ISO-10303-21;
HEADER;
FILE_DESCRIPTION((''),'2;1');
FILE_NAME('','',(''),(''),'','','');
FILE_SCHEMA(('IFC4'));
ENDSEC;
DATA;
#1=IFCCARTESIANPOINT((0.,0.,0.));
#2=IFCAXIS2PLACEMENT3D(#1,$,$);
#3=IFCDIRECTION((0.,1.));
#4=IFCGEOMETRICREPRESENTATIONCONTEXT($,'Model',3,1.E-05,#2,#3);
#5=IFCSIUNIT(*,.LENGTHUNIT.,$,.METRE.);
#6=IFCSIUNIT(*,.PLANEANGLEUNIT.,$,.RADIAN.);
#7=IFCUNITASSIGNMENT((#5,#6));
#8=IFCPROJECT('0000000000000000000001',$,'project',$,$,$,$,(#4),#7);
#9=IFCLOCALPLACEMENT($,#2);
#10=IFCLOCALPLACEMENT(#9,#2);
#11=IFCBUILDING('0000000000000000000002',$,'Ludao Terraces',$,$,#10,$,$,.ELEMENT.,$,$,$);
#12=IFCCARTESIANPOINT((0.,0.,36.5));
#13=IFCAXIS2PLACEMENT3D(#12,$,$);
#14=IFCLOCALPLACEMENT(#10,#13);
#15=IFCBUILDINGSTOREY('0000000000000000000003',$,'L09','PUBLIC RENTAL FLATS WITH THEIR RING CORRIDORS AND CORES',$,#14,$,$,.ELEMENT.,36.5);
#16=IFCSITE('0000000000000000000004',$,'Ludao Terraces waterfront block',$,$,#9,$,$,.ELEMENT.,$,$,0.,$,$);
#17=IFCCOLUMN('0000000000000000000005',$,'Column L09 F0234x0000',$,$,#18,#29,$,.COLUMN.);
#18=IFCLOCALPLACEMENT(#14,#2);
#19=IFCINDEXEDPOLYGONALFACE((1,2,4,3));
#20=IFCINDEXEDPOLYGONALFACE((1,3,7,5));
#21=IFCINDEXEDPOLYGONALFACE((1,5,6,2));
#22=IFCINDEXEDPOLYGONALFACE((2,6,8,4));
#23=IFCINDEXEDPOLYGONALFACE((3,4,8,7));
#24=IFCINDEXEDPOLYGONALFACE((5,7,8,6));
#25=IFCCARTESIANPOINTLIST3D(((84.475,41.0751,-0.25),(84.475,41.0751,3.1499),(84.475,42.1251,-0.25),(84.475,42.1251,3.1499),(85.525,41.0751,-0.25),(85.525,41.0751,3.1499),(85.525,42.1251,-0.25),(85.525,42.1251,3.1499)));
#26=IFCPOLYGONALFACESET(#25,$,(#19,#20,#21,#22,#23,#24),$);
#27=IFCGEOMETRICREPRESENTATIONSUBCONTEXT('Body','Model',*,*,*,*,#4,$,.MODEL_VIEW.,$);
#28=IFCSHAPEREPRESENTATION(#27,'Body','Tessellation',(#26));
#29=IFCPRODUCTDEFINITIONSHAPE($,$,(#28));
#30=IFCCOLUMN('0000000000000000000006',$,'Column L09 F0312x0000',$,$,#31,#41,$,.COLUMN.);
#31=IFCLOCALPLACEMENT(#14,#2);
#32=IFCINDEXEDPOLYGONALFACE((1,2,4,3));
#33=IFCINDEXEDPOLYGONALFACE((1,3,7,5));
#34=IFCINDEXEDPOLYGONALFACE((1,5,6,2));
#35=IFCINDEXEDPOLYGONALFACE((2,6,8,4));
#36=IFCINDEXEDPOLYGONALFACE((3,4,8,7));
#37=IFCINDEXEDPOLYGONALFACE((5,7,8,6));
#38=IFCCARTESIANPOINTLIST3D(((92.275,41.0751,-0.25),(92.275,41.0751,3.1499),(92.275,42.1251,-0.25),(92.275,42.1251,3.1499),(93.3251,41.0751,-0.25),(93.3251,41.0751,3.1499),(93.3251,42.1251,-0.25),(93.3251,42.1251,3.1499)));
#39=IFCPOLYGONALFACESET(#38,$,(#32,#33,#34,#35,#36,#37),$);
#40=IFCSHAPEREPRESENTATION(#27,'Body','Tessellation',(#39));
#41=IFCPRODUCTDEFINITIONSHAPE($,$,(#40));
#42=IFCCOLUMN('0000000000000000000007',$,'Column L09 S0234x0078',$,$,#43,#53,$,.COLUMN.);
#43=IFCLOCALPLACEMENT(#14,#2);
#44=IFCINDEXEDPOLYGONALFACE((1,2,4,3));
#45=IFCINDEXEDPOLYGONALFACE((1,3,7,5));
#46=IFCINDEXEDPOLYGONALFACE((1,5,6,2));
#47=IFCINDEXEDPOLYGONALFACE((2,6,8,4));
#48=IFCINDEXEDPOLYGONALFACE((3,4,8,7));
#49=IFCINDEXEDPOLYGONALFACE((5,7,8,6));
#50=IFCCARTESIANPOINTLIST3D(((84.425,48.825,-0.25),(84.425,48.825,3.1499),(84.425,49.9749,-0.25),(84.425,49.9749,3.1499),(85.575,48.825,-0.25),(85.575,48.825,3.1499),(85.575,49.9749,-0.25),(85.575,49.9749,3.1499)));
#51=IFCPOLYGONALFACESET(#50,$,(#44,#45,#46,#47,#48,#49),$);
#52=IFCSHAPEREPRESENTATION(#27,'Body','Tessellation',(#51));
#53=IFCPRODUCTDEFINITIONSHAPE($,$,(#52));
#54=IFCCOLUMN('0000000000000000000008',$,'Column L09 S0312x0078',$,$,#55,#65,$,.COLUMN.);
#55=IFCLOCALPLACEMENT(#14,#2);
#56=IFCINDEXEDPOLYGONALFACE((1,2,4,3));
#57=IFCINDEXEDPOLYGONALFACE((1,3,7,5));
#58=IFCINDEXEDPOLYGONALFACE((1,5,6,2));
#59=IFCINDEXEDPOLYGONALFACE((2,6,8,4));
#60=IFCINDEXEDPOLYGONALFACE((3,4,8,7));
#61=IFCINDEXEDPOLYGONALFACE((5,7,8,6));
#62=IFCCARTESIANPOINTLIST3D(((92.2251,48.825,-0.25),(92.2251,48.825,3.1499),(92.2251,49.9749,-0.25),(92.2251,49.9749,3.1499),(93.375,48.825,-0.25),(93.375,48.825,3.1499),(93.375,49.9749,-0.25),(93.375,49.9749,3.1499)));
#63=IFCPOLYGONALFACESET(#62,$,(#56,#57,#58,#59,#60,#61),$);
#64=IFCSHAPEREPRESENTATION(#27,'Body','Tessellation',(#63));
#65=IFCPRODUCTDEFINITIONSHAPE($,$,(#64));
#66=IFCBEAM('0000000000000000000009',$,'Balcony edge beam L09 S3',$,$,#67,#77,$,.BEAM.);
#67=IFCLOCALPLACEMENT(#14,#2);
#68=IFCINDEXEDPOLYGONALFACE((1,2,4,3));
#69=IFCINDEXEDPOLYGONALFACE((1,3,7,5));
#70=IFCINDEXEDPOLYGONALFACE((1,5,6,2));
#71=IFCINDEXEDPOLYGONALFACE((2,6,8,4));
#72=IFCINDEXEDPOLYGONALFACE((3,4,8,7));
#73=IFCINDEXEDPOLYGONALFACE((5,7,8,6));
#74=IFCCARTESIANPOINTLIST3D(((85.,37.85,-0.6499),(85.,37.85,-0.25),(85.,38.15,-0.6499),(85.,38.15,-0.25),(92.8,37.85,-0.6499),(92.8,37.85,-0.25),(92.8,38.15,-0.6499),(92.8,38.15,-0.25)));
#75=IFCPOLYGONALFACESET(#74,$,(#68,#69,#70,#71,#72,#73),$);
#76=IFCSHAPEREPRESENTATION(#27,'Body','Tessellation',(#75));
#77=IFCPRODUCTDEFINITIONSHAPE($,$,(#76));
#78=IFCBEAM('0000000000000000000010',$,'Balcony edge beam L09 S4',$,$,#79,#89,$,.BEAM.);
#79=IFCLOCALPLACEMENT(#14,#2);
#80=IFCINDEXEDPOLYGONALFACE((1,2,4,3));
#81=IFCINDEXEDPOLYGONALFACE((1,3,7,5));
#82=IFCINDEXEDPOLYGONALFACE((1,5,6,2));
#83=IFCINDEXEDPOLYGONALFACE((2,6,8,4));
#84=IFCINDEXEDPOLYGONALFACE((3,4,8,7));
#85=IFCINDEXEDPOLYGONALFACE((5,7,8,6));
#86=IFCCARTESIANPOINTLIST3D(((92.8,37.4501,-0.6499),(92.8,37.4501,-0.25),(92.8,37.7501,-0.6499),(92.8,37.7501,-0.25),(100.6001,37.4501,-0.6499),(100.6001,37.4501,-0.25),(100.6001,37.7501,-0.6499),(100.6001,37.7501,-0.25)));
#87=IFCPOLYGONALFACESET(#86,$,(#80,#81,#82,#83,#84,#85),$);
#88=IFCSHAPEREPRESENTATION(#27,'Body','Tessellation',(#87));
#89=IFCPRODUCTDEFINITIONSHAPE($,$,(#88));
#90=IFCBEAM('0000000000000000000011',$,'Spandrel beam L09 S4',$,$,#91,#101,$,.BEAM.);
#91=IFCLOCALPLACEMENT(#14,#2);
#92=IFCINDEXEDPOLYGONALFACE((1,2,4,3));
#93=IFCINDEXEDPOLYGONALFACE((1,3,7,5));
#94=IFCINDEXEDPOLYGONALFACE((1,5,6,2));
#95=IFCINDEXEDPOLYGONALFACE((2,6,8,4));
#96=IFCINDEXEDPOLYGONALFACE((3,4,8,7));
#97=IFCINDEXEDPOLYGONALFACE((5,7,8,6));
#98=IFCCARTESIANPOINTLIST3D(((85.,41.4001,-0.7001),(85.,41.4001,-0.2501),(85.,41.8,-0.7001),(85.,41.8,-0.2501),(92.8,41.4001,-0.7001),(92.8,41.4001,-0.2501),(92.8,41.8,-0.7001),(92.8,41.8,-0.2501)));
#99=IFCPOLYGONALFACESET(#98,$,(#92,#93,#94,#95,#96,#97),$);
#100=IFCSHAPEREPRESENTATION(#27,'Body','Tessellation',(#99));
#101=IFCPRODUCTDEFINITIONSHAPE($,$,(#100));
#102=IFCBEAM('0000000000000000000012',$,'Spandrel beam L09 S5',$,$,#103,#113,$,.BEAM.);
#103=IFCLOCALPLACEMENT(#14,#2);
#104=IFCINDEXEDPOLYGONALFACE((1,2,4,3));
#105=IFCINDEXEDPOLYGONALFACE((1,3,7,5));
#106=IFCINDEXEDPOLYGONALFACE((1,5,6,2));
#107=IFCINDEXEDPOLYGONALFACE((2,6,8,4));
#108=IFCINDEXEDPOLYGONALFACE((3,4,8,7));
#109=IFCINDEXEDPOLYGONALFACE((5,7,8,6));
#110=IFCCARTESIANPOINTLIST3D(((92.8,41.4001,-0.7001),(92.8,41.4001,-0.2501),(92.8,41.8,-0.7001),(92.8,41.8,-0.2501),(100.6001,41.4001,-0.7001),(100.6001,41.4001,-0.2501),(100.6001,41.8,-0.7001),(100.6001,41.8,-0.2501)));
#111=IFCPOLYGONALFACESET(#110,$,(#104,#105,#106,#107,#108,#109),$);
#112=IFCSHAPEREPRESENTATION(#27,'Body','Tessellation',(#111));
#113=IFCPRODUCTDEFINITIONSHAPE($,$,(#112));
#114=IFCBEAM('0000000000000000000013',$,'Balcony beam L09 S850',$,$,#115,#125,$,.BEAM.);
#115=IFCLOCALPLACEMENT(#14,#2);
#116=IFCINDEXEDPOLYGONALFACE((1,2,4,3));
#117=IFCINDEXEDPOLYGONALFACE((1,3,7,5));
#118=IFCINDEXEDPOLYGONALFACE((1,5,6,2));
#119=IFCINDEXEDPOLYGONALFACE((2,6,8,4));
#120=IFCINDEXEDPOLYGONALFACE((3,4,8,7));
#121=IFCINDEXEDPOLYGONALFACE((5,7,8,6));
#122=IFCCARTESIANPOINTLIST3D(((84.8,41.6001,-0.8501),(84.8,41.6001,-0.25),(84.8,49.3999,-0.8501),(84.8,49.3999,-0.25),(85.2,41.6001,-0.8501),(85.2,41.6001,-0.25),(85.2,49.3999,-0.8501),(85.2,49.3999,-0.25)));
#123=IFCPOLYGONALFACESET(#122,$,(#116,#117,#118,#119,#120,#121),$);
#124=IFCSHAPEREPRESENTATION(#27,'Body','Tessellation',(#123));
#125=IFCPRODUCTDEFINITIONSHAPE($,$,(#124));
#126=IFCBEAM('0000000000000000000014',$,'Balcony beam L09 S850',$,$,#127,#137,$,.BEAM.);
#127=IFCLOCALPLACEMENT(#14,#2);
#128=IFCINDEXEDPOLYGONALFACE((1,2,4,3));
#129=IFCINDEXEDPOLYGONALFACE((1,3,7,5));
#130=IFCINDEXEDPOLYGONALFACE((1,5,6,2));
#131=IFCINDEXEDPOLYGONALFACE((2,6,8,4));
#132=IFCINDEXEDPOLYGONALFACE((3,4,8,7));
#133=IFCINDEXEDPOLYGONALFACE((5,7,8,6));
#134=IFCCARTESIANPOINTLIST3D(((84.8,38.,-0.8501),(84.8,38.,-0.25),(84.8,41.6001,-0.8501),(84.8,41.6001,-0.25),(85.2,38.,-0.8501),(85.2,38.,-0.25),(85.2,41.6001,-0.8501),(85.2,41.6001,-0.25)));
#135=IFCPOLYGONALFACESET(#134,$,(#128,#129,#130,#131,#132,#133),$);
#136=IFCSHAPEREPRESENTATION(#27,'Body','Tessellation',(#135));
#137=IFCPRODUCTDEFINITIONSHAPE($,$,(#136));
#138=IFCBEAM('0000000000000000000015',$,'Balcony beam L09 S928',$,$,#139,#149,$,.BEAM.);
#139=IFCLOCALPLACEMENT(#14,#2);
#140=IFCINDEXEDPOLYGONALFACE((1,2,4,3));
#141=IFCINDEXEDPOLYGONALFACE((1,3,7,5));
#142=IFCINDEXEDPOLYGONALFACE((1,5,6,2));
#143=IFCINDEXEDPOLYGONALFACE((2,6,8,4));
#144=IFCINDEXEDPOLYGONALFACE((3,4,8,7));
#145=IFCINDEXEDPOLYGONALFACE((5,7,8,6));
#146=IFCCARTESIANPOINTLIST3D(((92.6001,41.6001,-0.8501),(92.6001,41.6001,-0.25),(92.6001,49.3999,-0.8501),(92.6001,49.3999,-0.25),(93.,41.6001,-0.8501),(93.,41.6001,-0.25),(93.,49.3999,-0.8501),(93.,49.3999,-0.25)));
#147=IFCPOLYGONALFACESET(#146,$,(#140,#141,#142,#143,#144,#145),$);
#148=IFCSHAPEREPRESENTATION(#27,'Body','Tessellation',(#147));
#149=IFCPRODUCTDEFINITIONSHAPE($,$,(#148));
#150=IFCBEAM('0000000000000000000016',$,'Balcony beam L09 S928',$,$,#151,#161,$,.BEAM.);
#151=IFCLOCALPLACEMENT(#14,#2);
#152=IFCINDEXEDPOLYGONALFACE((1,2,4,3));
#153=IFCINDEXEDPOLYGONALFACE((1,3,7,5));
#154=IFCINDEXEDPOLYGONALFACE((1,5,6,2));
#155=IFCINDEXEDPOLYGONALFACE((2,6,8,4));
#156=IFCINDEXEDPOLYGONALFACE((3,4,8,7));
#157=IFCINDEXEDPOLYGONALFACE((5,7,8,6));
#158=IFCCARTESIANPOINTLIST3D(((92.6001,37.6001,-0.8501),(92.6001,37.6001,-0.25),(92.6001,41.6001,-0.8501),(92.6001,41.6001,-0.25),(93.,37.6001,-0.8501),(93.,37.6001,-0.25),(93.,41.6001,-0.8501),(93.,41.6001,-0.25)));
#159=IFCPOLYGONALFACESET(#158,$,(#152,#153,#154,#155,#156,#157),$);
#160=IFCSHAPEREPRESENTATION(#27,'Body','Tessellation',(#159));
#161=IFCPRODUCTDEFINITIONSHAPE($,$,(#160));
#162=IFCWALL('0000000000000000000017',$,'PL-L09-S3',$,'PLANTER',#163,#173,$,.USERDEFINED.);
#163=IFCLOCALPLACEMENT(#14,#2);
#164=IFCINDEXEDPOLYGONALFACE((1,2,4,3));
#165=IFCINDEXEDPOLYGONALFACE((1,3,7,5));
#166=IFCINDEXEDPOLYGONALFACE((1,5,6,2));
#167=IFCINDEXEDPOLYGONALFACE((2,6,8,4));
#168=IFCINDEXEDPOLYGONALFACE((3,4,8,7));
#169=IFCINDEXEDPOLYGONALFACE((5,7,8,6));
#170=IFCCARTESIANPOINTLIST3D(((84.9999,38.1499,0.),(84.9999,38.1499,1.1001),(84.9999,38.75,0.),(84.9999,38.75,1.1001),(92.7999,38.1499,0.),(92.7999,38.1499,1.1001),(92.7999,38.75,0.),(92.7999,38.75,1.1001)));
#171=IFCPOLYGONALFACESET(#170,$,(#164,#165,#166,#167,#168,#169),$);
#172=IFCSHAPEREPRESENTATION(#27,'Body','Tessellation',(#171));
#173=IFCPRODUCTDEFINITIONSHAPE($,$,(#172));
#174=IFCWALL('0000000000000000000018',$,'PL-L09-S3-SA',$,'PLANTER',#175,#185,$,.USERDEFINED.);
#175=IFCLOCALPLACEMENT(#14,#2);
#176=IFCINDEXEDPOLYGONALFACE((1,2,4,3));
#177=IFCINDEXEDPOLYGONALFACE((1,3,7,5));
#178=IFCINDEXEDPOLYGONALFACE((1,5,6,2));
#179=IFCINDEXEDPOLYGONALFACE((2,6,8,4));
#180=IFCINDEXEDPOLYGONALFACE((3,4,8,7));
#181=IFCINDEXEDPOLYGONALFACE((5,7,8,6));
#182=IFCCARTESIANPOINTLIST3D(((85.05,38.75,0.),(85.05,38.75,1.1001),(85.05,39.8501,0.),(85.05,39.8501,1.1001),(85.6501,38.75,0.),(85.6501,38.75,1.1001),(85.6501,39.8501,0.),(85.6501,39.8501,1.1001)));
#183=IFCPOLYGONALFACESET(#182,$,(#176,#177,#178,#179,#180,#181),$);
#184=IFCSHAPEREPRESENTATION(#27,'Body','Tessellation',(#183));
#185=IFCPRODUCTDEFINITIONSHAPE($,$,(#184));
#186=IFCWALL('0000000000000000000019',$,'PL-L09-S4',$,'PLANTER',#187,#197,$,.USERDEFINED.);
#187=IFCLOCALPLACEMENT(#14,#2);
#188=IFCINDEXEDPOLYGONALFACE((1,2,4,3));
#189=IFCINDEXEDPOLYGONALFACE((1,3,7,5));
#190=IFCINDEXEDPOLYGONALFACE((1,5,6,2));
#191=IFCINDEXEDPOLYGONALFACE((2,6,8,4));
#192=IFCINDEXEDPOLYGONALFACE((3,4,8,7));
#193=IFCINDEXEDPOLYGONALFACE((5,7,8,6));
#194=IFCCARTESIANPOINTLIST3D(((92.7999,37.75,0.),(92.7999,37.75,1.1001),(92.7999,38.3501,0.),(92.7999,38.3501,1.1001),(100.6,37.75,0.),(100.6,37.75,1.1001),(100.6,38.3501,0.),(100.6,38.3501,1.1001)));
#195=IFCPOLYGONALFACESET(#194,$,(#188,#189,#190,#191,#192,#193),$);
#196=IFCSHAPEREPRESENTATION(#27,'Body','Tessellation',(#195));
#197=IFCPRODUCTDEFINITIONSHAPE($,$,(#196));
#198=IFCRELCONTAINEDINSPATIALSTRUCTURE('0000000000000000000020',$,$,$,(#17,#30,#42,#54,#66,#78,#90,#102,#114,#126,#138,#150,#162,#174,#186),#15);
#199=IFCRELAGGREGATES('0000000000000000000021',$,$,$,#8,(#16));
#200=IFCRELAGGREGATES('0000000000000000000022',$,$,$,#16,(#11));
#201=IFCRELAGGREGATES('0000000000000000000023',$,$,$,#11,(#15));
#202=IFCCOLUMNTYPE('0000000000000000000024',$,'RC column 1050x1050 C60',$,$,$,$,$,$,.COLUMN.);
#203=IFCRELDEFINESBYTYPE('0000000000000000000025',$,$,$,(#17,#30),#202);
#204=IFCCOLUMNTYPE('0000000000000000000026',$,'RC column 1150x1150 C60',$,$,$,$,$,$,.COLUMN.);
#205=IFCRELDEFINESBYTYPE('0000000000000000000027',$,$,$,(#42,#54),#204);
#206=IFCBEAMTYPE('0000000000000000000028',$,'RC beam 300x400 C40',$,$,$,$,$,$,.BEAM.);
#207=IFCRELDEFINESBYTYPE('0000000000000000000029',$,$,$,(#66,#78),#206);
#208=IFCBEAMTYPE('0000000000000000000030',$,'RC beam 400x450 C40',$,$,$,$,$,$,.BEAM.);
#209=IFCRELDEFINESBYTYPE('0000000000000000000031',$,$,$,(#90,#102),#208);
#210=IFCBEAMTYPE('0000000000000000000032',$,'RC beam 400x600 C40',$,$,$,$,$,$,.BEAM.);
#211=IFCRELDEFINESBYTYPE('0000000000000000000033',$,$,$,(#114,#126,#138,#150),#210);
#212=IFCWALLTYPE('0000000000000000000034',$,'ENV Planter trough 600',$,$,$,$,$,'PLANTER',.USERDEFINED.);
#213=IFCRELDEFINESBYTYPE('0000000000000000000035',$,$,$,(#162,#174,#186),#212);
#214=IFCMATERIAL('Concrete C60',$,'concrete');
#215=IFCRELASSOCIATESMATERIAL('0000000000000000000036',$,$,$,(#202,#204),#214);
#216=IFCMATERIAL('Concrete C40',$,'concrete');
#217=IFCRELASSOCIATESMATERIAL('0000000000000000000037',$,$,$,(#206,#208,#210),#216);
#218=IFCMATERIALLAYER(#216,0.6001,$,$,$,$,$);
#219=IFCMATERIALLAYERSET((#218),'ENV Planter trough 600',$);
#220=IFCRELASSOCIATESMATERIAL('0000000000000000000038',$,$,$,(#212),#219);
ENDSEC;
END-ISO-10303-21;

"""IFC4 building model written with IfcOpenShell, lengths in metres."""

from ifc_helpers import new_model, si_unit, direction, frame, frame_2d, origin, origin_2d, place, context, subcontext, project, spatial, rectangle, extrude, material, layer, layer_set, material_profile, profile_set, type_object, element, save


model = new_model("IFC4")

# Units and contexts
model_context = context("Model", 3, precision=1e-05, world=origin(), true_north=direction((0.0, 1.0)))
body_context = subcontext(model_context, "Body", "Model", "MODEL_VIEW")
ifc_project = project(units=[si_unit("LENGTHUNIT", "METRE"), si_unit("PLANEANGLEUNIT", "RADIAN")], contexts=[model_context])

# Site, building, storey
site_placement = place(None, origin())
site = spatial("IfcSite", under=ifc_project, at=site_placement, Name="Ludao Terraces waterfront block", CompositionType="ELEMENT", RefElevation=0.0)
building_placement = place(site_placement, origin())
building = spatial("IfcBuilding", under=site, at=building_placement, Name="Ludao Terraces", CompositionType="ELEMENT")
storey_placement = place(building_placement, frame((0.0, 0.0, 36.5)))
storey = spatial("IfcBuildingStorey", under=building, at=storey_placement, Name="L09", Description="PUBLIC RENTAL FLATS WITH THEIR RING CORRIDORS AND CORES", CompositionType="ELEMENT", Elevation=36.5)

# Columns
ifc_material_1 = material(Name="Concrete C60", Category="concrete")
ifc_material_profile_1 = material_profile(ifc_material_1, rectangle(XDim=1.05, YDim=1.05, at=origin_2d()), Name="1050 X 1050")
ifc_profile_set_1 = profile_set([ifc_material_profile_1], Name="Concrete C60")
column_type_1 = type_object("IfcColumnType", Name="RC column 1050x1050 C60", PredefinedType="COLUMN", material=ifc_profile_set_1)
for number, where, z_axis, x_axis, name in (
    (1, (85.0, 41.6001, -0.25), (0.0, 0.0, 1.0), (1.0, 0.0, 0.0), "Column L09 F0234x0000"),
    (2, (92.8, 41.6001, -0.25), (0.0, 0.0, 1.0), (1.0, 0.0, 0.0), "Column L09 F0312x0000"),
):
    element("IfcColumn", number, at=place(storey_placement, frame(where, z_axis=z_axis, x_axis=x_axis)), inside=storey, type_object=column_type_1, Name=name, PredefinedType="COLUMN", context=body_context, shape_type="SweptSolid", body=[
        extrude(rectangle(XDim=1.05, YDim=1.05, at=origin_2d()), origin(), (0.0, 0.0, 1.0), 3.3999),
    ])
ifc_material_profile_2 = material_profile(ifc_material_1, rectangle(XDim=1.1499, YDim=1.1499, at=origin_2d()), Name="1150 X 1150")
ifc_profile_set_2 = profile_set([ifc_material_profile_2], Name="Concrete C60")
column_type_2 = type_object("IfcColumnType", Name="RC column 1150x1150 C60", PredefinedType="COLUMN", material=ifc_profile_set_2)
for number, where, z_axis, x_axis, name in (
    (3, (85.0, 49.3999, -0.25), (0.0, 0.0, 1.0), (1.0, 0.0, 0.0), "Column L09 S0234x0078"),
    (4, (92.8, 49.3999, -0.25), (0.0, 0.0, 1.0), (1.0, 0.0, 0.0), "Column L09 S0312x0078"),
):
    element("IfcColumn", number, at=place(storey_placement, frame(where, z_axis=z_axis, x_axis=x_axis)), inside=storey, type_object=column_type_2, Name=name, PredefinedType="COLUMN", context=body_context, shape_type="SweptSolid", body=[
        extrude(rectangle(XDim=1.1499, YDim=1.1499, at=origin_2d()), origin(), (0.0, 0.0, 1.0), 3.3999),
    ])

# Beams
ifc_material_2 = material(Name="Concrete C40", Category="concrete")
ifc_material_profile_3 = material_profile(ifc_material_2, rectangle(XDim=0.3, YDim=0.3999, at=origin_2d()), Name="300 X 400")
ifc_profile_set_3 = profile_set([ifc_material_profile_3], Name="Concrete C40")
beam_type_1 = type_object("IfcBeamType", Name="RC beam 300x400 C40", PredefinedType="BEAM", material=ifc_profile_set_3)
for number, where, z_axis, x_axis, name in (
    (5, (85.0, 38.0, -0.45), (1.0, 0.0, 0.0), (0.0, 1.0, 0.0), "Balcony edge beam L09 S3"),
    (6, (92.8, 37.6001, -0.45), (1.0, 0.0, 0.0), (0.0, 1.0, 0.0), "Balcony edge beam L09 S4"),
):
    element("IfcBeam", number, at=place(storey_placement, frame(where, z_axis=z_axis, x_axis=x_axis)), inside=storey, type_object=beam_type_1, Name=name, PredefinedType="BEAM", context=body_context, shape_type="SweptSolid", body=[
        extrude(rectangle(XDim=0.3, YDim=0.3999, at=origin_2d()), origin(), (0.0, 0.0, 1.0), 7.8),
    ])
ifc_material_profile_4 = material_profile(ifc_material_2, rectangle(XDim=0.3999, YDim=0.45, at=origin_2d()), Name="400 X 450")
ifc_profile_set_4 = profile_set([ifc_material_profile_4], Name="Concrete C40")
beam_type_2 = type_object("IfcBeamType", Name="RC beam 400x450 C40", PredefinedType="BEAM", material=ifc_profile_set_4)
for number, where, z_axis, x_axis, name in (
    (7, (85.0, 41.6001, -0.4751), (1.0, 0.0, 0.0), (0.0, 1.0, 0.0), "Spandrel beam L09 S4"),
    (8, (92.8, 41.6001, -0.4751), (1.0, 0.0, 0.0), (0.0, 1.0, 0.0), "Spandrel beam L09 S5"),
):
    element("IfcBeam", number, at=place(storey_placement, frame(where, z_axis=z_axis, x_axis=x_axis)), inside=storey, type_object=beam_type_2, Name=name, PredefinedType="BEAM", context=body_context, shape_type="SweptSolid", body=[
        extrude(rectangle(XDim=0.3999, YDim=0.45, at=origin_2d()), origin(), (0.0, 0.0, 1.0), 7.8),
    ])
ifc_material_profile_5 = material_profile(ifc_material_2, rectangle(XDim=0.3999, YDim=0.6001, at=origin_2d()), Name="400 X 600")
ifc_profile_set_5 = profile_set([ifc_material_profile_5], Name="Concrete C40")
beam_type_3 = type_object("IfcBeamType", Name="RC beam 400x600 C40", PredefinedType="BEAM", material=ifc_profile_set_5)
beam_1_placement = place(storey_placement, frame((85.0, 49.3999, -0.55), z_axis=(0.0, -1.0, 0.0), x_axis=(1.0, 0.0, 0.0)))
element("IfcBeam", 9, at=beam_1_placement, inside=storey, type_object=beam_type_3, Name="Balcony beam L09 S850", PredefinedType="BEAM", context=body_context, shape_type="SweptSolid", body=[
    extrude(rectangle(XDim=0.3999, YDim=0.6001, at=origin_2d()), origin(), (0.0, 0.0, 1.0), 7.7998),
])
beam_2_placement = place(storey_placement, frame((85.0, 41.6001, -0.55), z_axis=(0.0, -1.0, 0.0), x_axis=(1.0, 0.0, 0.0)))
element("IfcBeam", 10, at=beam_2_placement, inside=storey, type_object=beam_type_3, Name="Balcony beam L09 S850", PredefinedType="BEAM", context=body_context, shape_type="SweptSolid", body=[
    extrude(rectangle(XDim=0.3999, YDim=0.6001, at=origin_2d()), origin(), (0.0, 0.0, 1.0), 3.6001),
])
beam_3_placement = place(storey_placement, frame((92.8, 49.3999, -0.55), z_axis=(0.0, -1.0, 0.0), x_axis=(1.0, 0.0, 0.0)))
element("IfcBeam", 11, at=beam_3_placement, inside=storey, type_object=beam_type_3, Name="Balcony beam L09 S928", PredefinedType="BEAM", context=body_context, shape_type="SweptSolid", body=[
    extrude(rectangle(XDim=0.3999, YDim=0.6001, at=origin_2d()), origin(), (0.0, 0.0, 1.0), 7.7998),
])
beam_4_placement = place(storey_placement, frame((92.8, 41.6001, -0.55), z_axis=(0.0, -1.0, 0.0), x_axis=(1.0, 0.0, 0.0)))
element("IfcBeam", 12, at=beam_4_placement, inside=storey, type_object=beam_type_3, Name="Balcony beam L09 S928", PredefinedType="BEAM", context=body_context, shape_type="SweptSolid", body=[
    extrude(rectangle(XDim=0.3999, YDim=0.6001, at=origin_2d()), origin(), (0.0, 0.0, 1.0), 4.0),
])

# Walls
ifc_layer_1 = layer(ifc_material_2, 0.6001)
ifc_layer_set_1 = layer_set([ifc_layer_1], Name="ENV Planter trough 600")
wall_type_1 = type_object("IfcWallType", Name="ENV Planter trough 600", ElementType="PLANTER", PredefinedType="USERDEFINED", material=ifc_layer_set_1)
wall_1_placement = place(storey_placement, frame((85.0, 38.45, 0.0), z_axis=(0.0, 0.0, 1.0), x_axis=(1.0, 0.0, 0.0)))
element("IfcWall", 13, at=wall_1_placement, inside=storey, type_object=wall_type_1, Name="PL-L09-S3", ObjectType="PLANTER", PredefinedType="USERDEFINED", context=body_context, shape_type="SweptSolid", body=[
    extrude(rectangle(XDim=7.8, YDim=0.6001, at=frame_2d((3.8999, 0.0))), origin(), (0.0, 0.0, 1.0), 1.1001),
])
wall_2_placement = place(storey_placement, frame((85.3501, 38.75, 0.0), z_axis=(0.0, 0.0, 1.0), x_axis=(0.0, 1.0, 0.0)))
element("IfcWall", 14, at=wall_2_placement, inside=storey, type_object=wall_type_1, Name="PL-L09-S3-SA", ObjectType="PLANTER", PredefinedType="USERDEFINED", context=body_context, shape_type="SweptSolid", body=[
    extrude(rectangle(XDim=1.1001, YDim=0.6001, at=frame_2d((0.55, 0.0))), origin(), (0.0, 0.0, 1.0), 1.1001),
])
wall_3_placement = place(storey_placement, frame((92.8, 38.05, 0.0), z_axis=(0.0, 0.0, 1.0), x_axis=(1.0, 0.0, 0.0)))
element("IfcWall", 15, at=wall_3_placement, inside=storey, type_object=wall_type_1, Name="PL-L09-S4", ObjectType="PLANTER", PredefinedType="USERDEFINED", context=body_context, shape_type="SweptSolid", body=[
    extrude(rectangle(XDim=7.8, YDim=0.6001, at=frame_2d((3.8999, 0.0))), origin(), (0.0, 0.0, 1.0), 1.1001),
])

save(model, "model.ifc")
